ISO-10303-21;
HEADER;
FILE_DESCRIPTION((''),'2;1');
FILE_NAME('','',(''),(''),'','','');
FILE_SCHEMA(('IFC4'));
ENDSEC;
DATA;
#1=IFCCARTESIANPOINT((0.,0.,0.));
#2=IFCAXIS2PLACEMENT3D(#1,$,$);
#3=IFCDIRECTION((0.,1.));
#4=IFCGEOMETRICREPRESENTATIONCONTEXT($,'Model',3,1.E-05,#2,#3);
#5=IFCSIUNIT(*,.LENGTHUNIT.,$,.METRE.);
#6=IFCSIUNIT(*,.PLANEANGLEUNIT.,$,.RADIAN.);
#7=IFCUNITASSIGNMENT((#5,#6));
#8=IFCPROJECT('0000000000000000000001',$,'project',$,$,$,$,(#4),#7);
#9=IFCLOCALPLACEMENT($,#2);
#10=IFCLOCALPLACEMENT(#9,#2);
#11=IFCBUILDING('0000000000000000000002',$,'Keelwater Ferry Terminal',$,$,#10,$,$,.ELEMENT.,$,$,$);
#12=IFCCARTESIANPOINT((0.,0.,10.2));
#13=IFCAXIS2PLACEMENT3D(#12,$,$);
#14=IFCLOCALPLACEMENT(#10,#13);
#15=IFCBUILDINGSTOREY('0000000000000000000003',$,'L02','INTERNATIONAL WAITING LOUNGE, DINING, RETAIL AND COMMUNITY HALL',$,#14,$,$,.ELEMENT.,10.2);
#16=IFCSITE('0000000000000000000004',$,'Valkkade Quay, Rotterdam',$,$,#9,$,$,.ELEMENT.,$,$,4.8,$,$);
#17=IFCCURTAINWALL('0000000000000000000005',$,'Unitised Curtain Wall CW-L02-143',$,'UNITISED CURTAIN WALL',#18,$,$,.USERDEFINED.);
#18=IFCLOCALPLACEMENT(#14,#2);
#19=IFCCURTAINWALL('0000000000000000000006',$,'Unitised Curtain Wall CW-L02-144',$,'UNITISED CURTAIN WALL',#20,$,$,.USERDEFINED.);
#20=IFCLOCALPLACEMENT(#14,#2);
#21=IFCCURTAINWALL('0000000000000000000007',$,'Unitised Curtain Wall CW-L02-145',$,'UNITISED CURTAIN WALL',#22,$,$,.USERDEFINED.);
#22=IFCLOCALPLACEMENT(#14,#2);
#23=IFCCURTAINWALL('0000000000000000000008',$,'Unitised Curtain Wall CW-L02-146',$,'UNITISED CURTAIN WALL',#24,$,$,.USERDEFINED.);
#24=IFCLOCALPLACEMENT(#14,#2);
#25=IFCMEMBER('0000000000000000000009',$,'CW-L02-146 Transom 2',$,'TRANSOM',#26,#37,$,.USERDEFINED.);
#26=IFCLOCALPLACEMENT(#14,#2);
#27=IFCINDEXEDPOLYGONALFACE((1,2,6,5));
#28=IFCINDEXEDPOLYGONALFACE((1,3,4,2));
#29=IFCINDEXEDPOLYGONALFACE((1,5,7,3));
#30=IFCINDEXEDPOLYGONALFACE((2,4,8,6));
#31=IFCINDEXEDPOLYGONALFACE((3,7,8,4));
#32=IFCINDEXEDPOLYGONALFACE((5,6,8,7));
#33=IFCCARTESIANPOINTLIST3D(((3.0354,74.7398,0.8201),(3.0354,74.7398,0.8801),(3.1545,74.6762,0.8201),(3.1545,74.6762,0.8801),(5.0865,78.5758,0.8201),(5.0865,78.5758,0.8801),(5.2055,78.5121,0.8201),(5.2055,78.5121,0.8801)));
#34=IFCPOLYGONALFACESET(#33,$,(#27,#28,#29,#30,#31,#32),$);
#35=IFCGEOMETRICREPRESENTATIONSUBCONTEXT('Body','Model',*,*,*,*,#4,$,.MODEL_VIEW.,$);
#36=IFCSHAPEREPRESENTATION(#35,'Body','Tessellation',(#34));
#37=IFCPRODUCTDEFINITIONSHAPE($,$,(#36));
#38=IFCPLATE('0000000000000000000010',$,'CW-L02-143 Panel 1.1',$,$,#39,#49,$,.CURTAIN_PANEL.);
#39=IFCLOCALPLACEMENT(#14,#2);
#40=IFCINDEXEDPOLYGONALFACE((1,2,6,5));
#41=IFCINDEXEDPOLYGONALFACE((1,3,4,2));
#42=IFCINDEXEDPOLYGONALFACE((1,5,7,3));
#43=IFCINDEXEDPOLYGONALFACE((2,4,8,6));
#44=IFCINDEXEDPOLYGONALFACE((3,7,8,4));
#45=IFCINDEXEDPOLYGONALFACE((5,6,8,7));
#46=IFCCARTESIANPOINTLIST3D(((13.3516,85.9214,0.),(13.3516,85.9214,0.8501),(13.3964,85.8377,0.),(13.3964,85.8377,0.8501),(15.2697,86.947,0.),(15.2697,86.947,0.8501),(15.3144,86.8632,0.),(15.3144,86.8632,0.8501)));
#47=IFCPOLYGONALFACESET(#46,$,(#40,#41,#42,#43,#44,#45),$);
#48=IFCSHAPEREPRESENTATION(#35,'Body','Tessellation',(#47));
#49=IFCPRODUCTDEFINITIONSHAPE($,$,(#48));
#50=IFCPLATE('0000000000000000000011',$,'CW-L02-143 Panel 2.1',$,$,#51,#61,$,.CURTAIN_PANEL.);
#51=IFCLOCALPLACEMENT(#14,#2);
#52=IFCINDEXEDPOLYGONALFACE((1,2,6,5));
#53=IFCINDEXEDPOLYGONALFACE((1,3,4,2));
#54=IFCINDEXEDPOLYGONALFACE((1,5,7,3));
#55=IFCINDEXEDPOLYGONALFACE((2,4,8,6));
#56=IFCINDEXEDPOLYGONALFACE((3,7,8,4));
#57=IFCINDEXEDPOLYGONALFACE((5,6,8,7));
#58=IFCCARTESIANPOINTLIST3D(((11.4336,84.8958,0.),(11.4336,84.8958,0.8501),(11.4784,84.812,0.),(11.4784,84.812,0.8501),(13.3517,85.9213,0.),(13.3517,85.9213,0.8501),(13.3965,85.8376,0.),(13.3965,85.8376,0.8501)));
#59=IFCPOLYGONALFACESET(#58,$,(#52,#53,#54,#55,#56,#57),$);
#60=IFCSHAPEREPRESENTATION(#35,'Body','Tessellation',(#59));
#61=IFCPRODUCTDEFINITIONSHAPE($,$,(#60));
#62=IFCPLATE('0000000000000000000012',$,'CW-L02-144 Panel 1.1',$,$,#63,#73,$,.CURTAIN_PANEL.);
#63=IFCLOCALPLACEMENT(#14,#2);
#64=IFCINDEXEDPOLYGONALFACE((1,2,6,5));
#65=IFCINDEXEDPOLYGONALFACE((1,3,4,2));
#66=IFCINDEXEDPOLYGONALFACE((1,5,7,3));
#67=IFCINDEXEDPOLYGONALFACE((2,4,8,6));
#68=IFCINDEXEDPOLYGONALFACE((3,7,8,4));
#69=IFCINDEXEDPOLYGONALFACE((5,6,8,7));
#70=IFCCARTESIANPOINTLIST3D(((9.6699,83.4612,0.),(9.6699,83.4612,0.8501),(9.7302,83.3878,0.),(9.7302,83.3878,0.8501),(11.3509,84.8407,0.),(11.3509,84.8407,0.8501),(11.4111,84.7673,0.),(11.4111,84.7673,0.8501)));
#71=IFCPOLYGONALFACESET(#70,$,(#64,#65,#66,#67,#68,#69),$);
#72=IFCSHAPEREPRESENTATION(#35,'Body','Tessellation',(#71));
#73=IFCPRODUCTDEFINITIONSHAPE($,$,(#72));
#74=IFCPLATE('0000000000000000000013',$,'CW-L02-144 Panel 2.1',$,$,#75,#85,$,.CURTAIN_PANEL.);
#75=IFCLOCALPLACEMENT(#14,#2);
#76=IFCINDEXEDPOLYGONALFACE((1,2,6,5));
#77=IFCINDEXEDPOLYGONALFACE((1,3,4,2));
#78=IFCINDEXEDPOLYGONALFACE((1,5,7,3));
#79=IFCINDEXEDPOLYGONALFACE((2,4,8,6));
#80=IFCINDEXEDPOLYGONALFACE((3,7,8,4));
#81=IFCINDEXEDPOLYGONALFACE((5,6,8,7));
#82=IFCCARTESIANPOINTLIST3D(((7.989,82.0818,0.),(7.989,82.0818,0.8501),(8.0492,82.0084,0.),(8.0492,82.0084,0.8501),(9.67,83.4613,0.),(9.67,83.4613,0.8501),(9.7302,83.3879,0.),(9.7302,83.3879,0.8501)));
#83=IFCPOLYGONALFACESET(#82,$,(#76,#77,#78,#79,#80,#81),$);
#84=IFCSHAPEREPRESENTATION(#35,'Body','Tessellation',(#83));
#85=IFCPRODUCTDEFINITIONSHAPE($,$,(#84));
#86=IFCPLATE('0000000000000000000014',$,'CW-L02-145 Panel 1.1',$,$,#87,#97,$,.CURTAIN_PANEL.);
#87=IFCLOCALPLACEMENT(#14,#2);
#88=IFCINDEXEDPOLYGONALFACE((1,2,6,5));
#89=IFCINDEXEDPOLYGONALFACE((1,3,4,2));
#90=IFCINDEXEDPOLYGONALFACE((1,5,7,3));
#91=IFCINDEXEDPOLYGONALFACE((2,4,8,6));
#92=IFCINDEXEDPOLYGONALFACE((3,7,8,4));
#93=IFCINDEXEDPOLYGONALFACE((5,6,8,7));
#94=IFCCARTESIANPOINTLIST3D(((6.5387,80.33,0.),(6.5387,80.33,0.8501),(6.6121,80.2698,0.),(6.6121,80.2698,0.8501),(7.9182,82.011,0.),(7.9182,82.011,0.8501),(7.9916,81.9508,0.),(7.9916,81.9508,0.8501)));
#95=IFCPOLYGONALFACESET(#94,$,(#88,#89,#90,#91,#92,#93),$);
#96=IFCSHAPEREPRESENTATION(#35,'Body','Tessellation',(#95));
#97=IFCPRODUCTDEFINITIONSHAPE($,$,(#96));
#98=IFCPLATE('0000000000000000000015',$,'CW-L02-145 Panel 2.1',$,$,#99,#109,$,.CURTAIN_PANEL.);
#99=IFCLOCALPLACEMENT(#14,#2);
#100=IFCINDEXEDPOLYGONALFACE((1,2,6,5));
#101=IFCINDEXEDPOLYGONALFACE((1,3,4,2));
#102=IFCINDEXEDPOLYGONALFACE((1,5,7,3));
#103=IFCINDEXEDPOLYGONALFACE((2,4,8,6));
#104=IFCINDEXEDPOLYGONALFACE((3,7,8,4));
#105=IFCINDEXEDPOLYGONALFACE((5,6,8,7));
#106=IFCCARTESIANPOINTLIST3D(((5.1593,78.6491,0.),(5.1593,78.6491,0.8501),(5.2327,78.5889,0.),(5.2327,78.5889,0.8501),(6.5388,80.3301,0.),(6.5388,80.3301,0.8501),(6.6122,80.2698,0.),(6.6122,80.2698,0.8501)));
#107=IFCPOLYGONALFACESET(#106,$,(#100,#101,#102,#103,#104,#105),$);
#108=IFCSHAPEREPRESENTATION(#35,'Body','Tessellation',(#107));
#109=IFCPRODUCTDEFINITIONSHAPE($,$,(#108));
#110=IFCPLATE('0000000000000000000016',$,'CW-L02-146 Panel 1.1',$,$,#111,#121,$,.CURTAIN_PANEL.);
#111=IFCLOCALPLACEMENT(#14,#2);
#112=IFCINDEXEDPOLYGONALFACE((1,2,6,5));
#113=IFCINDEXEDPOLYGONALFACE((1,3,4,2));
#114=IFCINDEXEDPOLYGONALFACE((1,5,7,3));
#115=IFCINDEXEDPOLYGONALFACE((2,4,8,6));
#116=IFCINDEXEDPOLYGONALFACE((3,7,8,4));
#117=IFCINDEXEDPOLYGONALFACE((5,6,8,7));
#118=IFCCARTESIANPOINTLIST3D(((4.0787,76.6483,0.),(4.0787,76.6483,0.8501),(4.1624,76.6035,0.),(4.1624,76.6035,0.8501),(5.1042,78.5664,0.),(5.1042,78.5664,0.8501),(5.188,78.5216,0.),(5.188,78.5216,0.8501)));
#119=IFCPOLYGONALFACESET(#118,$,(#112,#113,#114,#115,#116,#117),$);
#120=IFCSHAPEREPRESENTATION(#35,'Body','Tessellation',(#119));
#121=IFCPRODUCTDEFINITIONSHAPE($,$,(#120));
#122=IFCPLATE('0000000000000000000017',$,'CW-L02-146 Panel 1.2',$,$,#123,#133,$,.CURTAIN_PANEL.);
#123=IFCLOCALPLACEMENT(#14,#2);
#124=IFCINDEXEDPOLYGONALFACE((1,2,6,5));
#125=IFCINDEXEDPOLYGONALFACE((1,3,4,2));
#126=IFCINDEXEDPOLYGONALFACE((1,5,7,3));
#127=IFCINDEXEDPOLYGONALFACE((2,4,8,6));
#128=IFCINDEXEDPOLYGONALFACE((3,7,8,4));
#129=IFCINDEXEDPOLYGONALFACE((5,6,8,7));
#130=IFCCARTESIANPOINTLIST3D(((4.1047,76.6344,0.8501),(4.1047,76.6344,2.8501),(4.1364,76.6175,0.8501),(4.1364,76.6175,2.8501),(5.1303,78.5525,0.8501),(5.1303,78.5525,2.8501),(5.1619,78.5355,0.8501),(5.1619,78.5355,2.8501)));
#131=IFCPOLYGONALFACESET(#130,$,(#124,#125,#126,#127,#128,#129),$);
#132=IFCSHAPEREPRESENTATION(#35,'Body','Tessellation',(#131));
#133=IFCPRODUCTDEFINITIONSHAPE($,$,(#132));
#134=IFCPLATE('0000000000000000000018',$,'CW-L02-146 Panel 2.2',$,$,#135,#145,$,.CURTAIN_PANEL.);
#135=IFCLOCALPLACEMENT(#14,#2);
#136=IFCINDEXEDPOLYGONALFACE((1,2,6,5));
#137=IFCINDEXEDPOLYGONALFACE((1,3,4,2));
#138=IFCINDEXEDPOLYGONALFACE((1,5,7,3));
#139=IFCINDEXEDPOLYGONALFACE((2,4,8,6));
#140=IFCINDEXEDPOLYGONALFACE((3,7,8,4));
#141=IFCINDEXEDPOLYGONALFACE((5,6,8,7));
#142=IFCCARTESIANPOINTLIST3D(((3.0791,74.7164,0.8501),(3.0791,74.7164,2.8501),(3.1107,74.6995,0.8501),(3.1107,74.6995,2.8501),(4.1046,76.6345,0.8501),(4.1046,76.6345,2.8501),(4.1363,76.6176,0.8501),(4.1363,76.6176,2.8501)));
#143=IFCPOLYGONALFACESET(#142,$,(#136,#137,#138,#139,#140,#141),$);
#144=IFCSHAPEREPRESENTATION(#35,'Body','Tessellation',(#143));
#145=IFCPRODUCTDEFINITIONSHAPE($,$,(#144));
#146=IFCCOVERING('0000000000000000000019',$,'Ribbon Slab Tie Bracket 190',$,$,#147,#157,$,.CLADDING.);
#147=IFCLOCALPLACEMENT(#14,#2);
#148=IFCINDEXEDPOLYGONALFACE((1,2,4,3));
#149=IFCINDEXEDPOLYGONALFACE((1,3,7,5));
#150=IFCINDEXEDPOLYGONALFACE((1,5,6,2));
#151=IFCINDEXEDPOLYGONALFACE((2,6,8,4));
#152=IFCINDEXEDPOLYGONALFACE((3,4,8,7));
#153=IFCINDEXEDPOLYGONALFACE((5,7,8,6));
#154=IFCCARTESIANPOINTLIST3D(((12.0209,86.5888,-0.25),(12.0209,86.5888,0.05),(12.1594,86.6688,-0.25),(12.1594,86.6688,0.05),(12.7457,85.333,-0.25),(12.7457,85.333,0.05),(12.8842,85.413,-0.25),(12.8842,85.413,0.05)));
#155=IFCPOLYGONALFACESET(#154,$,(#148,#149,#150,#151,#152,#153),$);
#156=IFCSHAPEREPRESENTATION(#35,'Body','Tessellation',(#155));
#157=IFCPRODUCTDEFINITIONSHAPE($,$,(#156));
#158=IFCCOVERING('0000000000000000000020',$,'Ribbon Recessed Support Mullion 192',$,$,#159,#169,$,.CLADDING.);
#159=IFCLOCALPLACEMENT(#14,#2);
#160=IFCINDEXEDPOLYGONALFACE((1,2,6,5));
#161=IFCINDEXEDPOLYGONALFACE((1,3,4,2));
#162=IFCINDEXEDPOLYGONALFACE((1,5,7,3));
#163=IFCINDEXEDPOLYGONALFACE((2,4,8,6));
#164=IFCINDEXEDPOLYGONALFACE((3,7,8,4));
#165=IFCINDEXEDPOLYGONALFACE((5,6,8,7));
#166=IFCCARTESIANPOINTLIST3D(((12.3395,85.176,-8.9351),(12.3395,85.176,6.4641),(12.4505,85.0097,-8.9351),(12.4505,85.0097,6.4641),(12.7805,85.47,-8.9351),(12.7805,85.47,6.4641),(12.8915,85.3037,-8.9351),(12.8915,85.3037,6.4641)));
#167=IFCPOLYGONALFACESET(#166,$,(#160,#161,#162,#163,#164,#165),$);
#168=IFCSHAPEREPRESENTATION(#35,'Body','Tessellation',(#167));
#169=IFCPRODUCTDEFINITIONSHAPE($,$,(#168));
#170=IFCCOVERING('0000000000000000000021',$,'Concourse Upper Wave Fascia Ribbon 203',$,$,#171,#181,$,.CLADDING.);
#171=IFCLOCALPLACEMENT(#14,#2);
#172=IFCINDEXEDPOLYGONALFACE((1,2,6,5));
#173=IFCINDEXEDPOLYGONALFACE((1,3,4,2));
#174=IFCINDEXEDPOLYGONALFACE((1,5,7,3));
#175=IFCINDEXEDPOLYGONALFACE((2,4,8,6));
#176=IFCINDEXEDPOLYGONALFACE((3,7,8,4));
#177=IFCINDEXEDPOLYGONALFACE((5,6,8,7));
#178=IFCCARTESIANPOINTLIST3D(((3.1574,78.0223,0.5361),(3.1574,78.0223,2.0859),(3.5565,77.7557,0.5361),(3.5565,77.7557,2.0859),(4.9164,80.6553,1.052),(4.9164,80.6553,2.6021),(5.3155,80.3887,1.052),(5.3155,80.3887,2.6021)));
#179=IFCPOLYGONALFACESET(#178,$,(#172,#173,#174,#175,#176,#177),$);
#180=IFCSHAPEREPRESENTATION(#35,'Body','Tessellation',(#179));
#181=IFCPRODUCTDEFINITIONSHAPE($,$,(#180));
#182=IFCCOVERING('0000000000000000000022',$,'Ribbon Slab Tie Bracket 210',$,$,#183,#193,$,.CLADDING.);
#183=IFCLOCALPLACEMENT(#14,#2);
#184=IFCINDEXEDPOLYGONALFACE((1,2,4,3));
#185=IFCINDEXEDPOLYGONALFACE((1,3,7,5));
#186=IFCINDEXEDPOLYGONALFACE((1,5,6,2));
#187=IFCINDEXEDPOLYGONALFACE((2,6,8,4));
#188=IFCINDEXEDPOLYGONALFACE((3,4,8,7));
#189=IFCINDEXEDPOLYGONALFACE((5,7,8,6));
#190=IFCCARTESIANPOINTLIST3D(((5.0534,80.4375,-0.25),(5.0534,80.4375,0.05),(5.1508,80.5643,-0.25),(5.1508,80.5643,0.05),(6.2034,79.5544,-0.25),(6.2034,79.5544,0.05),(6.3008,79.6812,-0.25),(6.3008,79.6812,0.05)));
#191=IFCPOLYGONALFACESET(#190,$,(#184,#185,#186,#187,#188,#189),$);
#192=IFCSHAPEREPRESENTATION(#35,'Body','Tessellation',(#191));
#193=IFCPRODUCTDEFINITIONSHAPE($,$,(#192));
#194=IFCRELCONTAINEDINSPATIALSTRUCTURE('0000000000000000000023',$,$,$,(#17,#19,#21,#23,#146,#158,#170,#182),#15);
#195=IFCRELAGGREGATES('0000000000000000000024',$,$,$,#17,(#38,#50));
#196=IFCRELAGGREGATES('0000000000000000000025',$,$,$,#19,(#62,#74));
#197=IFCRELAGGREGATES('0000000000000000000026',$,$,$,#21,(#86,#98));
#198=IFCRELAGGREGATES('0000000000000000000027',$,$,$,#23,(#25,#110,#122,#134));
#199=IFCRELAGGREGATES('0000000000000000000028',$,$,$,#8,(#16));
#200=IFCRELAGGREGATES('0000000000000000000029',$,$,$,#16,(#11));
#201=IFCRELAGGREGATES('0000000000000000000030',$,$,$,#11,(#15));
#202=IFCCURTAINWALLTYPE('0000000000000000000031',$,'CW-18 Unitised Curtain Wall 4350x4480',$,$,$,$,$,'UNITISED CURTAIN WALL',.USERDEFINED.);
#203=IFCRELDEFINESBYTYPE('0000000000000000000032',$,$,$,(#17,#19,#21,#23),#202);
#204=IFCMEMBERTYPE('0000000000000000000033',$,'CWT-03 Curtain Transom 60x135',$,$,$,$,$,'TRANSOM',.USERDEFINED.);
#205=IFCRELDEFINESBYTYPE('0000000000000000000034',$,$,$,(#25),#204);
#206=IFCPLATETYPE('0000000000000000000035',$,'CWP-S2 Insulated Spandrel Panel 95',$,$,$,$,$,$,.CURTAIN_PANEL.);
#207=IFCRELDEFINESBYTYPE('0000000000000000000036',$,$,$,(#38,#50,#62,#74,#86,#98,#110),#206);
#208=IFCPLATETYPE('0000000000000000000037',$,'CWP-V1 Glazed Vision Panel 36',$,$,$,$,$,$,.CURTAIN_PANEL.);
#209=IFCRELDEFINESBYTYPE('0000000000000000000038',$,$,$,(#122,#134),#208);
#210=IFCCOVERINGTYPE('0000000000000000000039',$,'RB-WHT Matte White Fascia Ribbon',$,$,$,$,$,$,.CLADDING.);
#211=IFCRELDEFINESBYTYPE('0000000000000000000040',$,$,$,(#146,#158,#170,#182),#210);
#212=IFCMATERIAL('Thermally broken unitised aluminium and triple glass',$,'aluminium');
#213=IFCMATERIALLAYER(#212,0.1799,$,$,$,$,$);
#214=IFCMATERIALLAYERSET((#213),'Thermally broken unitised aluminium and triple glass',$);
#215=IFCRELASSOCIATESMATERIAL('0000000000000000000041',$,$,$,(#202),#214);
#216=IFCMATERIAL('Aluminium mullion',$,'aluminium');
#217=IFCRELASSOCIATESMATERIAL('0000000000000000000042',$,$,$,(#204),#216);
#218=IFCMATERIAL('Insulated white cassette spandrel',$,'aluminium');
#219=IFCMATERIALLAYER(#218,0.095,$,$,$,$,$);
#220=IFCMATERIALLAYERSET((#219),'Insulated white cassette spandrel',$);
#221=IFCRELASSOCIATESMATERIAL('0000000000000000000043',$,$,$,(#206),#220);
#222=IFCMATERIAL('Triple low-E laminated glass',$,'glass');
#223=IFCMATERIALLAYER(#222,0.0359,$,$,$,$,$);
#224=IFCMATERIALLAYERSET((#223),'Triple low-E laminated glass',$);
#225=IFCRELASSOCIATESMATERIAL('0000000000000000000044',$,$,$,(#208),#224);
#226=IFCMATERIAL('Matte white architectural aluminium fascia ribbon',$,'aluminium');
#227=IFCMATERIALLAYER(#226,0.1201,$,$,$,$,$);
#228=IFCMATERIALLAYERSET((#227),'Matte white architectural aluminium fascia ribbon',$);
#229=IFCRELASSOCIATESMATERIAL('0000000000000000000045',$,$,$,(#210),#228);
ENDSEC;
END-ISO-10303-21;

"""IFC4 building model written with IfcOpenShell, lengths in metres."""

from ifc_helpers import new_model, si_unit, direction, frame, frame_2d, origin, origin_2d, place, context, subcontext, project, spatial, polyline, rectangle, outline, extrude, material, layer, layer_set, material_profile, profile_set, type_object, element, aggregate, save


model = new_model("IFC4")

# Units and contexts
model_context = context("Model", 3, precision=1e-05, world=origin(), true_north=direction((0.0, 1.0)))
body_context = subcontext(model_context, "Body", "Model", "MODEL_VIEW")
ifc_project = project(units=[si_unit("LENGTHUNIT", "METRE"), si_unit("PLANEANGLEUNIT", "RADIAN")], contexts=[model_context])

# Site, building, storey
site_placement = place(None, origin())
site = spatial("IfcSite", under=ifc_project, at=site_placement, Name="Valkkade Quay, Rotterdam", CompositionType="ELEMENT", RefElevation=4.8)
building_placement = place(site_placement, origin())
building = spatial("IfcBuilding", under=site, at=building_placement, Name="Keelwater Ferry Terminal", CompositionType="ELEMENT")
storey_placement = place(building_placement, frame((0.0, 0.0, 10.2)))
storey = spatial("IfcBuildingStorey", under=building, at=storey_placement, Name="L02", Description="INTERNATIONAL WAITING LOUNGE, DINING, RETAIL AND COMMUNITY HALL", CompositionType="ELEMENT", Elevation=10.2)

# Curtain walls
ifc_material_1 = material(Name="Thermally broken unitised aluminium and triple glass", Category="aluminium")
ifc_layer_1 = layer(ifc_material_1, 0.1799)
ifc_layer_set_1 = layer_set([ifc_layer_1], Name="Thermally broken unitised aluminium and triple glass")
curtain_wall_type = type_object("IfcCurtainWallType", Name="CW-18 Unitised Curtain Wall 4350x4480", ElementType="UNITISED CURTAIN WALL", PredefinedType="USERDEFINED", material=ifc_layer_set_1)
curtain_wall_1_placement = place(storey_placement, origin())
curtain_wall_1 = element("IfcCurtainWall", 1, at=curtain_wall_1_placement, inside=storey, type_object=curtain_wall_type, Name="Unitised Curtain Wall CW-L02-143", ObjectType="UNITISED CURTAIN WALL", PredefinedType="USERDEFINED")
curtain_wall_2_placement = place(storey_placement, origin())
curtain_wall_2 = element("IfcCurtainWall", 2, at=curtain_wall_2_placement, inside=storey, type_object=curtain_wall_type, Name="Unitised Curtain Wall CW-L02-144", ObjectType="UNITISED CURTAIN WALL", PredefinedType="USERDEFINED")
curtain_wall_3_placement = place(storey_placement, origin())
curtain_wall_3 = element("IfcCurtainWall", 3, at=curtain_wall_3_placement, inside=storey, type_object=curtain_wall_type, Name="Unitised Curtain Wall CW-L02-145", ObjectType="UNITISED CURTAIN WALL", PredefinedType="USERDEFINED")
curtain_wall_4_placement = place(storey_placement, origin())
curtain_wall_4 = element("IfcCurtainWall", 4, at=curtain_wall_4_placement, inside=storey, type_object=curtain_wall_type, Name="Unitised Curtain Wall CW-L02-146", ObjectType="UNITISED CURTAIN WALL", PredefinedType="USERDEFINED")

# Member
ifc_material_2 = material(Name="Aluminium mullion", Category="aluminium")
ifc_material_profile_1 = material_profile(ifc_material_2, rectangle(XDim=0.135, YDim=0.0601, at=origin_2d()), Name="CWT-03")
ifc_profile_set_1 = profile_set([ifc_material_profile_1], Name="Aluminium mullion")
member_type_1 = type_object("IfcMemberType", Name="CWT-03 Curtain Transom 60x135", ElementType="TRANSOM", PredefinedType="USERDEFINED", material=ifc_profile_set_1)
member_1_placement = place(storey_placement, frame((5.146, 78.5439, 0.8501), z_axis=(-0.471517, -0.881857, 0.0), x_axis=(0.881857, -0.471517, 0.0)))
member_1 = element("IfcMember", 5, at=member_1_placement, type_object=member_type_1, Name="CW-L02-146 Transom 2", ObjectType="TRANSOM", PredefinedType="USERDEFINED", context=body_context, shape_type="SweptSolid", body=[
    extrude(rectangle(XDim=0.135, YDim=0.0601, at=origin_2d()), origin(), (0.0, 0.0, 1.0), 4.3499),
])

# Plates
ifc_material_3 = material(Name="Insulated white cassette spandrel", Category="aluminium")
ifc_layer_2 = layer(ifc_material_3, 0.095)
ifc_layer_set_2 = layer_set([ifc_layer_2], Name="Insulated white cassette spandrel")
plate_type_1 = type_object("IfcPlateType", Name="CWP-S2 Insulated Spandrel Panel 95", PredefinedType="CURTAIN_PANEL", material=ifc_layer_set_2)
plate_1_placement = place(storey_placement, frame((14.333, 86.3923, 0.0), z_axis=(0.0, 0.0, 1.0), x_axis=(-0.881862, -0.471507, 0.0)))
plate_1 = element("IfcPlate", 6, at=plate_1_placement, type_object=plate_type_1, Name="CW-L02-143 Panel 1.1", PredefinedType="CURTAIN_PANEL", context=body_context, shape_type="SweptSolid", body=[
    extrude(rectangle(XDim=2.175, YDim=0.095, at=origin_2d()), origin(), (0.0, 0.0, 1.0), 0.8501),
])
plate_2_placement = place(storey_placement, frame((12.415, 85.3667, 0.0), z_axis=(0.0, 0.0, 1.0), x_axis=(-0.881862, -0.471507, 0.0)))
plate_2 = element("IfcPlate", 7, at=plate_2_placement, type_object=plate_type_1, Name="CW-L02-143 Panel 2.1", PredefinedType="CURTAIN_PANEL", context=body_context, shape_type="SweptSolid", body=[
    extrude(rectangle(XDim=2.175, YDim=0.095, at=origin_2d()), origin(), (0.0, 0.0, 1.0), 0.8501),
])
aggregate(curtain_wall_1, [plate_1, plate_2])
plate_3_placement = place(storey_placement, frame((10.5405, 84.1143, 0.0), z_axis=(0.0, 0.0, 1.0), x_axis=(-0.773024, -0.634377, 0.0)))
plate_3 = element("IfcPlate", 8, at=plate_3_placement, type_object=plate_type_1, Name="CW-L02-144 Panel 1.1", PredefinedType="CURTAIN_PANEL", context=body_context, shape_type="SweptSolid", body=[
    extrude(rectangle(XDim=2.1746, YDim=0.095, at=origin_2d()), origin(), (0.0, 0.0, 1.0), 0.8501),
])
plate_4_placement = place(storey_placement, frame((8.8596, 82.7349, 0.0), z_axis=(0.0, 0.0, 1.0), x_axis=(-0.773024, -0.634377, 0.0)))
plate_4 = element("IfcPlate", 9, at=plate_4_placement, type_object=plate_type_1, Name="CW-L02-144 Panel 2.1", PredefinedType="CURTAIN_PANEL", context=body_context, shape_type="SweptSolid", body=[
    extrude(rectangle(XDim=2.1746, YDim=0.095, at=origin_2d()), origin(), (0.0, 0.0, 1.0), 0.8501),
])
aggregate(curtain_wall_2, [plate_3, plate_4])
plate_5_placement = place(storey_placement, frame((7.2651, 81.1404, 0.0), z_axis=(0.0, 0.0, 1.0), x_axis=(-0.634377, -0.773024, 0.0)))
plate_5 = element("IfcPlate", 10, at=plate_5_placement, type_object=plate_type_1, Name="CW-L02-145 Panel 1.1", PredefinedType="CURTAIN_PANEL", context=body_context, shape_type="SweptSolid", body=[
    extrude(rectangle(XDim=2.1746, YDim=0.095, at=origin_2d()), origin(), (0.0, 0.0, 1.0), 0.8501),
])
plate_6_placement = place(storey_placement, frame((5.8857, 79.4595, 0.0), z_axis=(0.0, 0.0, 1.0), x_axis=(-0.634377, -0.773024, 0.0)))
plate_6 = element("IfcPlate", 11, at=plate_6_placement, type_object=plate_type_1, Name="CW-L02-145 Panel 2.1", PredefinedType="CURTAIN_PANEL", context=body_context, shape_type="SweptSolid", body=[
    extrude(rectangle(XDim=2.1746, YDim=0.095, at=origin_2d()), origin(), (0.0, 0.0, 1.0), 0.8501),
])
aggregate(curtain_wall_3, [plate_5, plate_6])
plate_7_placement = place(storey_placement, frame((4.6333, 77.585, 0.0), z_axis=(0.0, 0.0, 1.0), x_axis=(-0.471507, -0.881862, 0.0)))
plate_7 = element("IfcPlate", 12, at=plate_7_placement, type_object=plate_type_1, Name="CW-L02-146 Panel 1.1", PredefinedType="CURTAIN_PANEL", context=body_context, shape_type="SweptSolid", body=[
    extrude(rectangle(XDim=2.175, YDim=0.095, at=origin_2d()), origin(), (0.0, 0.0, 1.0), 0.8501),
])
ifc_material_4 = material(Name="Triple low-E laminated glass", Category="glass")
ifc_layer_3 = layer(ifc_material_4, 0.0359)
ifc_layer_set_3 = layer_set([ifc_layer_3], Name="Triple low-E laminated glass")
plate_type_2 = type_object("IfcPlateType", Name="CWP-V1 Glazed Vision Panel 36", PredefinedType="CURTAIN_PANEL", material=ifc_layer_set_3)
plate_8_placement = place(storey_placement, frame((4.6333, 77.585, 0.8501), z_axis=(0.0, 0.0, 1.0), x_axis=(-0.471507, -0.881862, 0.0)))
plate_8 = element("IfcPlate", 13, at=plate_8_placement, type_object=plate_type_2, Name="CW-L02-146 Panel 1.2", PredefinedType="CURTAIN_PANEL", context=body_context, shape_type="SweptSolid", body=[
    extrude(rectangle(XDim=2.175, YDim=0.0359, at=origin_2d()), origin(), (0.0, 0.0, 1.0), 2.0),
])
plate_9_placement = place(storey_placement, frame((3.6077, 75.667, 0.8501), z_axis=(0.0, 0.0, 1.0), x_axis=(-0.471507, -0.881862, 0.0)))
plate_9 = element("IfcPlate", 14, at=plate_9_placement, type_object=plate_type_2, Name="CW-L02-146 Panel 2.2", PredefinedType="CURTAIN_PANEL", context=body_context, shape_type="SweptSolid", body=[
    extrude(rectangle(XDim=2.175, YDim=0.0359, at=origin_2d()), origin(), (0.0, 0.0, 1.0), 2.0),
])
aggregate(curtain_wall_4, [member_1, plate_7, plate_8, plate_9])

# Coverings
ifc_material_5 = material(Name="Matte white architectural aluminium fascia ribbon", Category="aluminium")
ifc_layer_4 = layer(ifc_material_5, 0.1201)
ifc_layer_set_4 = layer_set([ifc_layer_4], Name="Matte white architectural aluminium fascia ribbon")
covering_type = type_object("IfcCoveringType", Name="RB-WHT Matte White Fascia Ribbon", PredefinedType="CLADDING", material=ifc_layer_set_4)
covering_1_placement = place(storey_placement, frame((12.0901, 86.6289, -0.25), z_axis=(0.0, 0.0, 1.0), x_axis=(0.499888, -0.86609, 0.0)))
element("IfcCovering", 15, at=covering_1_placement, inside=storey, type_object=covering_type, Name="Ribbon Slab Tie Bracket 190", PredefinedType="CLADDING", context=body_context, shape_type="SweptSolid", body=[
    extrude(rectangle(XDim=1.45, YDim=0.1599, at=frame_2d((0.7251, 0.0))), origin(), (0.0, 0.0, 1.0), 0.3),
])
covering_2_placement = place(storey_placement, frame((12.8359, 85.387, -8.9351), z_axis=(0.0, 0.0, 1.0), x_axis=(-0.83205, -0.5547, 0.0)))
element("IfcCovering", 16, at=covering_2_placement, inside=storey, type_object=covering_type, Name="Ribbon Recessed Support Mullion 192", PredefinedType="CLADDING", context=body_context, shape_type="SweptSolid", body=[
    extrude(outline(polyline([(0.0, 0.0), (0.53, 0.0), (0.53, 15.3992), (0.0, 15.3992), (0.0, 0.0)])), frame((0.0, 0.1001, 0.0), z_axis=(0.0, -1.0, 0.0), x_axis=(1.0, 0.0, 0.0)), (0.0, 0.0, 1.0), 0.2),
])
covering_3_placement = place(storey_placement, frame((5.116, 80.522, 0.5361), z_axis=(0.0, 0.0, 1.0), x_axis=(-0.555501, -0.831516, 0.0)))
element("IfcCovering", 17, at=covering_3_placement, inside=storey, type_object=covering_type, Name="Concourse Upper Wave Fascia Ribbon 203", PredefinedType="CLADDING", context=body_context, shape_type="SweptSolid", body=[
    extrude(outline(polyline([(0.0, 0.5159), (3.1665, 0.0), (3.1665, 1.5498), (0.0, 2.0659), (0.0, 0.5159)])), frame((0.0, 0.24, 0.0), z_axis=(0.0, -1.0, 0.0), x_axis=(1.0, 0.0, 0.0)), (0.0, 0.0, 1.0), 0.48),
])
covering_4_placement = place(storey_placement, frame((5.1021, 80.501, -0.25), z_axis=(0.0, 0.0, 1.0), x_axis=(0.793118, -0.609068, 0.0)))
element("IfcCovering", 18, at=covering_4_placement, inside=storey, type_object=covering_type, Name="Ribbon Slab Tie Bracket 210", PredefinedType="CLADDING", context=body_context, shape_type="SweptSolid", body=[
    extrude(rectangle(XDim=1.45, YDim=0.1599, at=frame_2d((0.7251, 0.0))), origin(), (0.0, 0.0, 1.0), 0.3),
])

save(model, "model.ifc")
